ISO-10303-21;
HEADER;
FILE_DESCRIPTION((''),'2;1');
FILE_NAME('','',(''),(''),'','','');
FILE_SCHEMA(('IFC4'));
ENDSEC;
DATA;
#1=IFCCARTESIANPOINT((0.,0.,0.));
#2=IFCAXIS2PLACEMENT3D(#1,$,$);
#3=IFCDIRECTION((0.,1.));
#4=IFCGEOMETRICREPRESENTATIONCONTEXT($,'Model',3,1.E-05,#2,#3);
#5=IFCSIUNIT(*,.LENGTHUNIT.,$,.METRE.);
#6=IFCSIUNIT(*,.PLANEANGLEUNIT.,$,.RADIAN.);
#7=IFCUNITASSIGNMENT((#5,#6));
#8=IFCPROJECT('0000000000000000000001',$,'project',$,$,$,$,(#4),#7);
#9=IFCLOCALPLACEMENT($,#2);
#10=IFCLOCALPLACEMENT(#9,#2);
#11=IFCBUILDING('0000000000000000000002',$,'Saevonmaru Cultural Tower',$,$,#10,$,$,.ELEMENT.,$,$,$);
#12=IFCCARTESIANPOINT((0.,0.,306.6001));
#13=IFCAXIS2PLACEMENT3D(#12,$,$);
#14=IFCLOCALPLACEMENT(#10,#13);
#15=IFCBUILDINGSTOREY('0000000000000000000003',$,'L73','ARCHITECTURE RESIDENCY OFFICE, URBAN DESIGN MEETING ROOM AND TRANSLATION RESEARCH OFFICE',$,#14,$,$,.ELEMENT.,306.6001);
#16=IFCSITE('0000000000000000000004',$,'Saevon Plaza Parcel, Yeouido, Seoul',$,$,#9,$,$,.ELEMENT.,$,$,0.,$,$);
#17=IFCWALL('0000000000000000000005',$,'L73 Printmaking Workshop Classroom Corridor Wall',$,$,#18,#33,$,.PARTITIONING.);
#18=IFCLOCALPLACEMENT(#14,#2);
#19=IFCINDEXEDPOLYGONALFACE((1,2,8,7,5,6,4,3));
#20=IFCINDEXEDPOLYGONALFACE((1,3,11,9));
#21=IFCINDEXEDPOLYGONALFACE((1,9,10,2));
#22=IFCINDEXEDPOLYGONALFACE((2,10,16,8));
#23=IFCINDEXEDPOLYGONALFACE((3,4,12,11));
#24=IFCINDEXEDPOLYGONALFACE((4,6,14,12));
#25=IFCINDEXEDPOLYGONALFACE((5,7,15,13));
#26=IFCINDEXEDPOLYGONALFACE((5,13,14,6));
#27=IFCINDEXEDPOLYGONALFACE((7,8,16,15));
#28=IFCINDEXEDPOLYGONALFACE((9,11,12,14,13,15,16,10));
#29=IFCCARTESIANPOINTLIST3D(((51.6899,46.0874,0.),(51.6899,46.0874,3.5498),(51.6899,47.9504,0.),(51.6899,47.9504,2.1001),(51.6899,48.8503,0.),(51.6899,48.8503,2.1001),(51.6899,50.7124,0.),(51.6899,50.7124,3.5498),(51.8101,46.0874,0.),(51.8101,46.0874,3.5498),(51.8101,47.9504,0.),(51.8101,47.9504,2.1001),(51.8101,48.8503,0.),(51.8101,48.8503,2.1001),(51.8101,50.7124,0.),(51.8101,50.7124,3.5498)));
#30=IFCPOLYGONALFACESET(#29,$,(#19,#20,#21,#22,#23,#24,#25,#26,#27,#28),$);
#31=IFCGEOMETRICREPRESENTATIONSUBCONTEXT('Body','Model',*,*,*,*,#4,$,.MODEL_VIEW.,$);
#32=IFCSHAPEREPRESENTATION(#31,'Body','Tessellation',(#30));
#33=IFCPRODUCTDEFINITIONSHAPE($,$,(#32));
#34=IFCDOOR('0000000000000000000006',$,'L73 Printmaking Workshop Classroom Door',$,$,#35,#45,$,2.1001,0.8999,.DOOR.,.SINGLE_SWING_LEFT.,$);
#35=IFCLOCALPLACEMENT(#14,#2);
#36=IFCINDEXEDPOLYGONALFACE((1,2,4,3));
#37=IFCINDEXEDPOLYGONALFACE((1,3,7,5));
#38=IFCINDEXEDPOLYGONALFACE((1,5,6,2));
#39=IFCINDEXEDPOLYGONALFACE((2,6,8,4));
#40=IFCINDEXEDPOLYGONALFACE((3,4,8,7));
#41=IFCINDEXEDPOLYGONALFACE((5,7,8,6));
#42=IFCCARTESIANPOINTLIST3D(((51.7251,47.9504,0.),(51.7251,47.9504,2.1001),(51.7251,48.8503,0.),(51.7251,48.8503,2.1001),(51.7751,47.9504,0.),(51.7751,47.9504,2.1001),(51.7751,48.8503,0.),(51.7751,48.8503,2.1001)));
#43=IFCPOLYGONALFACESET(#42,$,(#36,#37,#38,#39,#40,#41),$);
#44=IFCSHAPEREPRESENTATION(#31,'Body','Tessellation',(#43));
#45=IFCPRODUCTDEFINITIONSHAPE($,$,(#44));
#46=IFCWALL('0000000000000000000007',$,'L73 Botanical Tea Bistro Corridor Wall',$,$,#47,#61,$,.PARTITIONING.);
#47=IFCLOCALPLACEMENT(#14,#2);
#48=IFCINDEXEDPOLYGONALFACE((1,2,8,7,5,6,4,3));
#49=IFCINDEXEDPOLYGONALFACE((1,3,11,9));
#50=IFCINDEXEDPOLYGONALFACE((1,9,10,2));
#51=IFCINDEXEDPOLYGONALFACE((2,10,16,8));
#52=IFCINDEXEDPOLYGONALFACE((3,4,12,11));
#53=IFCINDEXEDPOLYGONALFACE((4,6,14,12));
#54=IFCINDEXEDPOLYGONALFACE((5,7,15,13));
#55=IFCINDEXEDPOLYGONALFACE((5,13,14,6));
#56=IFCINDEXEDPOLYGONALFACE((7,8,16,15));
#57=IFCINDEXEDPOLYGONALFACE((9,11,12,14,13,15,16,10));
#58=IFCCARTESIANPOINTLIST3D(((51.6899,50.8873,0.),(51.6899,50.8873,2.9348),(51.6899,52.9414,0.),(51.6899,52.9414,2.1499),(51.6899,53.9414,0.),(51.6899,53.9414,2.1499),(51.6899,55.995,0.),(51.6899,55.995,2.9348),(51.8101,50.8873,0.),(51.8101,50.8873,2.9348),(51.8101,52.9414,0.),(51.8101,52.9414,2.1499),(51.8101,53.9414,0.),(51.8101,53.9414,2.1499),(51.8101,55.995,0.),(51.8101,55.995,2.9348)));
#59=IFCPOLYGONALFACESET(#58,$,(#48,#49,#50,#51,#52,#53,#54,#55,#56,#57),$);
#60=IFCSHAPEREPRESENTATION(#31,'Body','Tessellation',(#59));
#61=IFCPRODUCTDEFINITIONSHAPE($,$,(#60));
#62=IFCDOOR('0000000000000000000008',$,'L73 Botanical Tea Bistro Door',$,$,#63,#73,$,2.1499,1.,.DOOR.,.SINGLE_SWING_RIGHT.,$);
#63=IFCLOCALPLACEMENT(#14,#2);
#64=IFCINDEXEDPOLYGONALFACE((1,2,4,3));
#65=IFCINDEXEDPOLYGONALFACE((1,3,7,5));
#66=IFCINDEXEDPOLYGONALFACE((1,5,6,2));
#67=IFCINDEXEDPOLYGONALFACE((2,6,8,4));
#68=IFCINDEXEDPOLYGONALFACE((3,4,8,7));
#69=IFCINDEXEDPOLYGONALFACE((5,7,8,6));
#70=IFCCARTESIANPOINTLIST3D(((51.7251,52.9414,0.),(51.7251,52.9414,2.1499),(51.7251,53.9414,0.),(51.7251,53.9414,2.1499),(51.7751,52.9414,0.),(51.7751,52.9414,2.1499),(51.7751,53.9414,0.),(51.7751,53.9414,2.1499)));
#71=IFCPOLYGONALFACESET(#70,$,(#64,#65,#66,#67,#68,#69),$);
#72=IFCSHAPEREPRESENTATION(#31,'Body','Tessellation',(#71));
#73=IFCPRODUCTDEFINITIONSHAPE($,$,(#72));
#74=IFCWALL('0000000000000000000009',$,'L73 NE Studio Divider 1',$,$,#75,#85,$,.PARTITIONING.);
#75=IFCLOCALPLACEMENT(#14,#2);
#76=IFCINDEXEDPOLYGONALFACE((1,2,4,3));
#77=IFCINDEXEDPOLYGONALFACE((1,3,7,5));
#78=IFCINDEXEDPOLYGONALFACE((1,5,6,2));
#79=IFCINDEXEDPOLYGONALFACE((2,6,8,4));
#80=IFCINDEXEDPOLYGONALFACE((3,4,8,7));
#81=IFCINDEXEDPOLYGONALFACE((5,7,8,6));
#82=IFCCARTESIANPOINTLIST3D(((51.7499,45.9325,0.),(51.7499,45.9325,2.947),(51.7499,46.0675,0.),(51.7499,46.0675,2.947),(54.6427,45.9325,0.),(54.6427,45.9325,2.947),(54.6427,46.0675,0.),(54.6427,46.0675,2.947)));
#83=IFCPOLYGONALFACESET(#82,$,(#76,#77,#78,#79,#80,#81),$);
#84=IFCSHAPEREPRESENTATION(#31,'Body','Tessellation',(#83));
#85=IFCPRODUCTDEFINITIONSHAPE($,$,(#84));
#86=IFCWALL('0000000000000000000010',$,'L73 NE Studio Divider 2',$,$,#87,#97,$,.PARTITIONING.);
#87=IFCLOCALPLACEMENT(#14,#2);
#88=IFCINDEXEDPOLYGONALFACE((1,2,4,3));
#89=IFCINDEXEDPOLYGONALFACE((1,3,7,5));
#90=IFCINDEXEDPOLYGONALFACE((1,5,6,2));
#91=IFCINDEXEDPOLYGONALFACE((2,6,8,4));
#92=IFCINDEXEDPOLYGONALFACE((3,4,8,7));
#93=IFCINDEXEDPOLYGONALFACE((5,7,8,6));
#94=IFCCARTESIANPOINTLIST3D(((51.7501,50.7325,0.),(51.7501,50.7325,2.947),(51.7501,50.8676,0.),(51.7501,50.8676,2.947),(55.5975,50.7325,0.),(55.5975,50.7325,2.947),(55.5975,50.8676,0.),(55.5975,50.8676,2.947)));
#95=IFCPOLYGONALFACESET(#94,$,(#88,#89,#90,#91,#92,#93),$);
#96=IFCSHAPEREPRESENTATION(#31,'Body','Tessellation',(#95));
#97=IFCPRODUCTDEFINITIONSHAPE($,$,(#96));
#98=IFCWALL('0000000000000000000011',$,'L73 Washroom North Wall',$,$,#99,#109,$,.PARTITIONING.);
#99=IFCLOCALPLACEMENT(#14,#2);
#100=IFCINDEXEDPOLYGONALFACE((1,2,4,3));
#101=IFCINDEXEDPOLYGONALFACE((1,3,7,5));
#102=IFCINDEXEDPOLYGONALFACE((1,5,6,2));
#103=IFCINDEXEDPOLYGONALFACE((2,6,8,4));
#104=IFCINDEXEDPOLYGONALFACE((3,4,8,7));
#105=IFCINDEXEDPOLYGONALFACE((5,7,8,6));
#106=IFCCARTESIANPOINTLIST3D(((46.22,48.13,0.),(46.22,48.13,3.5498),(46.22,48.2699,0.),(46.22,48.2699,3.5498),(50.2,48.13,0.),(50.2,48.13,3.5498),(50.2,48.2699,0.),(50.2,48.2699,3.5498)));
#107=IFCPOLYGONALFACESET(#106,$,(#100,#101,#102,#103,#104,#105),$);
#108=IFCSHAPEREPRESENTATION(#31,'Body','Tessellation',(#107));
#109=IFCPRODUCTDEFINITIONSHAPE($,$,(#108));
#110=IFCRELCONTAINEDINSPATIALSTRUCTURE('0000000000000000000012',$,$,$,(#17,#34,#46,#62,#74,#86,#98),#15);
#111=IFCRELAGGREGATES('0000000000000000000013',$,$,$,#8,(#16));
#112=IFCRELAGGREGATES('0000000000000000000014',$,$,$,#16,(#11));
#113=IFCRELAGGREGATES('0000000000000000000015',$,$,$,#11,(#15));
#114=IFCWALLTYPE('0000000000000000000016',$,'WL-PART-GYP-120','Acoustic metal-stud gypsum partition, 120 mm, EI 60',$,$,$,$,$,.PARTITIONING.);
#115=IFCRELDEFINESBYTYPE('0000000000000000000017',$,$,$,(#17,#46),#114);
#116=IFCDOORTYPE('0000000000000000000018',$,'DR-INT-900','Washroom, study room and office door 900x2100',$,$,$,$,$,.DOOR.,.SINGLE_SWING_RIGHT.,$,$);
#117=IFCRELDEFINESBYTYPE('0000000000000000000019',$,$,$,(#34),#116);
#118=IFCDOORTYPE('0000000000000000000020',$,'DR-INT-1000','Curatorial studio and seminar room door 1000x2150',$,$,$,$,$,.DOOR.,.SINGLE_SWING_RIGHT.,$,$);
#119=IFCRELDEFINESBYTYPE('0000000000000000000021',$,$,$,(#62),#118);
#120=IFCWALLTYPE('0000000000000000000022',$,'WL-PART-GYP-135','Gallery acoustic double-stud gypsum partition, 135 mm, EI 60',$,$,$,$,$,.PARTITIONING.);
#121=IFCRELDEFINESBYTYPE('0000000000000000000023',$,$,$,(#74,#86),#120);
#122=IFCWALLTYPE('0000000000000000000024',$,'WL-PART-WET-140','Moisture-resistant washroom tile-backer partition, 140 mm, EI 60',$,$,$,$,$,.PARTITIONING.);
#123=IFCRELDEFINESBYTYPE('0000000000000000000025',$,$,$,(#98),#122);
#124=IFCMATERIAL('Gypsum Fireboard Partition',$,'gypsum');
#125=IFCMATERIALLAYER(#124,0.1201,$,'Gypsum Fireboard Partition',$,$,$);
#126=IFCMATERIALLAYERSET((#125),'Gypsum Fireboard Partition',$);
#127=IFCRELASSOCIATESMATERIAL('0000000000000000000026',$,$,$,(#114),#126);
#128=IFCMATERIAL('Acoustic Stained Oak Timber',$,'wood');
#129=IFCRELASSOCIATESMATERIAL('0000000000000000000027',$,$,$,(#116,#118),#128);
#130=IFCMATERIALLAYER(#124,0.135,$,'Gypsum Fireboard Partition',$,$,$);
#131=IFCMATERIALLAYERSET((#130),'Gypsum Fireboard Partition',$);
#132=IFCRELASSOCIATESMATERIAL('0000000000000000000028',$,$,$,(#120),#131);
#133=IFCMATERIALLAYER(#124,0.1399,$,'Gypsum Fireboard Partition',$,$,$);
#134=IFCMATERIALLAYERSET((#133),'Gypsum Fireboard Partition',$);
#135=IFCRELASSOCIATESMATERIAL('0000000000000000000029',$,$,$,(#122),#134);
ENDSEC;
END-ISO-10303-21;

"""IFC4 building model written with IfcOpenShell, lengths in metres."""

from ifc_helpers import new_model, si_unit, direction, frame, frame_2d, origin, place, context, subcontext, project, spatial, rectangle, extrude, material, layer, layer_set, type_object, element, fill, save


model = new_model("IFC4")

# Units and contexts
model_context = context("Model", 3, precision=1e-05, world=origin(), true_north=direction((0.0, 1.0)))
body_context = subcontext(model_context, "Body", "Model", "MODEL_VIEW")
ifc_project = project(units=[si_unit("LENGTHUNIT", "METRE"), si_unit("PLANEANGLEUNIT", "RADIAN")], contexts=[model_context])

# Site, building, storey
site_placement = place(None, origin())
site = spatial("IfcSite", under=ifc_project, at=site_placement, Name="Saevon Plaza Parcel, Yeouido, Seoul", CompositionType="ELEMENT", RefElevation=0.0)
building_placement = place(site_placement, origin())
building = spatial("IfcBuilding", under=site, at=building_placement, Name="Saevonmaru Cultural Tower", CompositionType="ELEMENT")
storey_placement = place(building_placement, frame((0.0, 0.0, 306.6001)))
storey = spatial("IfcBuildingStorey", under=building, at=storey_placement, Name="L73", Description="ARCHITECTURE RESIDENCY OFFICE, URBAN DESIGN MEETING ROOM AND TRANSLATION RESEARCH OFFICE", CompositionType="ELEMENT", Elevation=306.6001)

# Shared definitions
ifc_material_1 = material(Name="Gypsum Fireboard Partition", Category="gypsum")
ifc_layer_1 = layer(ifc_material_1, 0.1201, Name="Gypsum Fireboard Partition")
ifc_layer_set_1 = layer_set([ifc_layer_1], Name="Gypsum Fireboard Partition")
wall_type_1 = type_object("IfcWallType", Name="WL-PART-GYP-120", Description="Acoustic metal-stud gypsum partition, 120 mm, EI 60", PredefinedType="PARTITIONING", material=ifc_layer_set_1)

# Walls, openings, doors
ifc_material_2 = material(Name="Acoustic Stained Oak Timber", Category="wood")
door_type_1 = type_object("IfcDoorType", Name="DR-INT-900", Description="Washroom, study room and office door 900x2100", OperationType="SINGLE_SWING_RIGHT", PredefinedType="DOOR", material=ifc_material_2)
wall_1_placement = place(storey_placement, frame((51.75, 46.0874, 0.0), z_axis=(0.0, 0.0, 1.0), x_axis=(0.0, 1.0, 0.0)))
wall_1 = element("IfcWall", 1, at=wall_1_placement, inside=storey, type_object=wall_type_1, Name="L73 Printmaking Workshop Classroom Corridor Wall", PredefinedType="PARTITIONING", context=body_context, shape_type="SweptSolid", body=[
    extrude(rectangle(XDim=4.625, YDim=0.1201, at=frame_2d((2.3125, 0.0))), origin(), (0.0, 0.0, 1.0), 3.5498),
])
opening_1_placement = place(wall_1_placement, frame((1.863, 0.0, 0.0)))
opening_1 = element("IfcOpeningElement", 2, at=opening_1_placement, cuts=wall_1, PredefinedType="OPENING", context=body_context, shape_type="SweptSolid", body=[
    extrude(rectangle(XDim=0.8999, YDim=2.1001, at=frame_2d((0.45, 1.05))), frame((0.0, 0.0701, 0.0), z_axis=(0.0, -1.0, 0.0), x_axis=(1.0, 0.0, 0.0)), (0.0, 0.0, 1.0), 0.1401),
])
door_1_placement = place(opening_1_placement, origin())
door_1 = element("IfcDoor", 3, at=door_1_placement, inside=storey, type_object=door_type_1, Name="L73 Printmaking Workshop Classroom Door", OperationType="SINGLE_SWING_LEFT", OverallHeight=2.1001, OverallWidth=0.8999, PredefinedType="DOOR", context=body_context, shape_type="SweptSolid", body=[
    extrude(rectangle(XDim=0.8999, YDim=2.1001, at=frame_2d((0.45, 1.05))), frame((0.0, 0.0249, 0.0), z_axis=(0.0, -1.0, 0.0), x_axis=(1.0, 0.0, 0.0)), (0.0, 0.0, 1.0), 0.05),
])
fill(opening_1, door_1)
wall_2_placement = place(storey_placement, frame((51.75, 50.8875, 0.0), z_axis=(0.0, 0.0, 1.0), x_axis=(0.0, 1.0, 0.0)))
wall_2 = element("IfcWall", 4, at=wall_2_placement, inside=storey, type_object=wall_type_1, Name="L73 Botanical Tea Bistro Corridor Wall", PredefinedType="PARTITIONING", context=body_context, shape_type="SweptSolid", body=[
    extrude(rectangle(XDim=5.1077, YDim=0.1201, at=frame_2d((2.5537, 0.0))), origin(), (0.0, 0.0, 1.0), 2.9348),
])
opening_2_placement = place(wall_2_placement, frame((2.054, 0.0, 0.0)))
opening_2 = element("IfcOpeningElement", 5, at=opening_2_placement, cuts=wall_2, PredefinedType="OPENING", context=body_context, shape_type="SweptSolid", body=[
    extrude(rectangle(XDim=1.0, YDim=2.1499, at=frame_2d((0.5, 1.075))), frame((0.0, 0.0701, 0.0), z_axis=(0.0, -1.0, 0.0), x_axis=(1.0, 0.0, 0.0)), (0.0, 0.0, 1.0), 0.1401),
])
door_type_2 = type_object("IfcDoorType", Name="DR-INT-1000", Description="Curatorial studio and seminar room door 1000x2150", OperationType="SINGLE_SWING_RIGHT", PredefinedType="DOOR", material=ifc_material_2)
door_2_placement = place(opening_2_placement, origin())
door_2 = element("IfcDoor", 6, at=door_2_placement, inside=storey, type_object=door_type_2, Name="L73 Botanical Tea Bistro Door", OperationType="SINGLE_SWING_RIGHT", OverallHeight=2.1499, OverallWidth=1.0, PredefinedType="DOOR", context=body_context, shape_type="SweptSolid", body=[
    extrude(rectangle(XDim=1.0, YDim=2.1499, at=frame_2d((0.5, 1.075))), frame((0.0, 0.0249, 0.0), z_axis=(0.0, -1.0, 0.0), x_axis=(1.0, 0.0, 0.0)), (0.0, 0.0, 1.0), 0.05),
])
fill(opening_2, door_2)

# Walls
ifc_layer_2 = layer(ifc_material_1, 0.135, Name="Gypsum Fireboard Partition")
ifc_layer_set_2 = layer_set([ifc_layer_2], Name="Gypsum Fireboard Partition")
wall_type_2 = type_object("IfcWallType", Name="WL-PART-GYP-135", Description="Gallery acoustic double-stud gypsum partition, 135 mm, EI 60", PredefinedType="PARTITIONING", material=ifc_layer_set_2)
wall_3_placement = place(storey_placement, frame((51.75, 46.0, 0.0), z_axis=(0.0, 0.0, 1.0), x_axis=(1.0, 0.0, 0.0)))
element("IfcWall", 7, at=wall_3_placement, inside=storey, type_object=wall_type_2, Name="L73 NE Studio Divider 1", PredefinedType="PARTITIONING", context=body_context, shape_type="SweptSolid", body=[
    extrude(rectangle(XDim=2.8928, YDim=0.135, at=frame_2d((1.4463, 0.0))), origin(), (0.0, 0.0, 1.0), 2.947),
])
wall_4_placement = place(storey_placement, frame((51.75, 50.8, 0.0), z_axis=(0.0, 0.0, 1.0), x_axis=(1.0, 0.0, 0.0)))
element("IfcWall", 8, at=wall_4_placement, inside=storey, type_object=wall_type_2, Name="L73 NE Studio Divider 2", PredefinedType="PARTITIONING", context=body_context, shape_type="SweptSolid", body=[
    extrude(rectangle(XDim=3.8474, YDim=0.135, at=frame_2d((1.9238, 0.0))), origin(), (0.0, 0.0, 1.0), 2.947),
])
ifc_layer_3 = layer(ifc_material_1, 0.1399, Name="Gypsum Fireboard Partition")
ifc_layer_set_3 = layer_set([ifc_layer_3], Name="Gypsum Fireboard Partition")
wall_type_3 = type_object("IfcWallType", Name="WL-PART-WET-140", Description="Moisture-resistant washroom tile-backer partition, 140 mm, EI 60", PredefinedType="PARTITIONING", material=ifc_layer_set_3)
wall_5_placement = place(storey_placement, frame((46.22, 48.2, 0.0), z_axis=(0.0, 0.0, 1.0), x_axis=(1.0, 0.0, 0.0)))
element("IfcWall", 9, at=wall_5_placement, inside=storey, type_object=wall_type_3, Name="L73 Washroom North Wall", PredefinedType="PARTITIONING", context=body_context, shape_type="SweptSolid", body=[
    extrude(rectangle(XDim=3.98, YDim=0.1399, at=frame_2d((1.99, 0.0))), origin(), (0.0, 0.0, 1.0), 3.5498),
])

save(model, "model.ifc")
